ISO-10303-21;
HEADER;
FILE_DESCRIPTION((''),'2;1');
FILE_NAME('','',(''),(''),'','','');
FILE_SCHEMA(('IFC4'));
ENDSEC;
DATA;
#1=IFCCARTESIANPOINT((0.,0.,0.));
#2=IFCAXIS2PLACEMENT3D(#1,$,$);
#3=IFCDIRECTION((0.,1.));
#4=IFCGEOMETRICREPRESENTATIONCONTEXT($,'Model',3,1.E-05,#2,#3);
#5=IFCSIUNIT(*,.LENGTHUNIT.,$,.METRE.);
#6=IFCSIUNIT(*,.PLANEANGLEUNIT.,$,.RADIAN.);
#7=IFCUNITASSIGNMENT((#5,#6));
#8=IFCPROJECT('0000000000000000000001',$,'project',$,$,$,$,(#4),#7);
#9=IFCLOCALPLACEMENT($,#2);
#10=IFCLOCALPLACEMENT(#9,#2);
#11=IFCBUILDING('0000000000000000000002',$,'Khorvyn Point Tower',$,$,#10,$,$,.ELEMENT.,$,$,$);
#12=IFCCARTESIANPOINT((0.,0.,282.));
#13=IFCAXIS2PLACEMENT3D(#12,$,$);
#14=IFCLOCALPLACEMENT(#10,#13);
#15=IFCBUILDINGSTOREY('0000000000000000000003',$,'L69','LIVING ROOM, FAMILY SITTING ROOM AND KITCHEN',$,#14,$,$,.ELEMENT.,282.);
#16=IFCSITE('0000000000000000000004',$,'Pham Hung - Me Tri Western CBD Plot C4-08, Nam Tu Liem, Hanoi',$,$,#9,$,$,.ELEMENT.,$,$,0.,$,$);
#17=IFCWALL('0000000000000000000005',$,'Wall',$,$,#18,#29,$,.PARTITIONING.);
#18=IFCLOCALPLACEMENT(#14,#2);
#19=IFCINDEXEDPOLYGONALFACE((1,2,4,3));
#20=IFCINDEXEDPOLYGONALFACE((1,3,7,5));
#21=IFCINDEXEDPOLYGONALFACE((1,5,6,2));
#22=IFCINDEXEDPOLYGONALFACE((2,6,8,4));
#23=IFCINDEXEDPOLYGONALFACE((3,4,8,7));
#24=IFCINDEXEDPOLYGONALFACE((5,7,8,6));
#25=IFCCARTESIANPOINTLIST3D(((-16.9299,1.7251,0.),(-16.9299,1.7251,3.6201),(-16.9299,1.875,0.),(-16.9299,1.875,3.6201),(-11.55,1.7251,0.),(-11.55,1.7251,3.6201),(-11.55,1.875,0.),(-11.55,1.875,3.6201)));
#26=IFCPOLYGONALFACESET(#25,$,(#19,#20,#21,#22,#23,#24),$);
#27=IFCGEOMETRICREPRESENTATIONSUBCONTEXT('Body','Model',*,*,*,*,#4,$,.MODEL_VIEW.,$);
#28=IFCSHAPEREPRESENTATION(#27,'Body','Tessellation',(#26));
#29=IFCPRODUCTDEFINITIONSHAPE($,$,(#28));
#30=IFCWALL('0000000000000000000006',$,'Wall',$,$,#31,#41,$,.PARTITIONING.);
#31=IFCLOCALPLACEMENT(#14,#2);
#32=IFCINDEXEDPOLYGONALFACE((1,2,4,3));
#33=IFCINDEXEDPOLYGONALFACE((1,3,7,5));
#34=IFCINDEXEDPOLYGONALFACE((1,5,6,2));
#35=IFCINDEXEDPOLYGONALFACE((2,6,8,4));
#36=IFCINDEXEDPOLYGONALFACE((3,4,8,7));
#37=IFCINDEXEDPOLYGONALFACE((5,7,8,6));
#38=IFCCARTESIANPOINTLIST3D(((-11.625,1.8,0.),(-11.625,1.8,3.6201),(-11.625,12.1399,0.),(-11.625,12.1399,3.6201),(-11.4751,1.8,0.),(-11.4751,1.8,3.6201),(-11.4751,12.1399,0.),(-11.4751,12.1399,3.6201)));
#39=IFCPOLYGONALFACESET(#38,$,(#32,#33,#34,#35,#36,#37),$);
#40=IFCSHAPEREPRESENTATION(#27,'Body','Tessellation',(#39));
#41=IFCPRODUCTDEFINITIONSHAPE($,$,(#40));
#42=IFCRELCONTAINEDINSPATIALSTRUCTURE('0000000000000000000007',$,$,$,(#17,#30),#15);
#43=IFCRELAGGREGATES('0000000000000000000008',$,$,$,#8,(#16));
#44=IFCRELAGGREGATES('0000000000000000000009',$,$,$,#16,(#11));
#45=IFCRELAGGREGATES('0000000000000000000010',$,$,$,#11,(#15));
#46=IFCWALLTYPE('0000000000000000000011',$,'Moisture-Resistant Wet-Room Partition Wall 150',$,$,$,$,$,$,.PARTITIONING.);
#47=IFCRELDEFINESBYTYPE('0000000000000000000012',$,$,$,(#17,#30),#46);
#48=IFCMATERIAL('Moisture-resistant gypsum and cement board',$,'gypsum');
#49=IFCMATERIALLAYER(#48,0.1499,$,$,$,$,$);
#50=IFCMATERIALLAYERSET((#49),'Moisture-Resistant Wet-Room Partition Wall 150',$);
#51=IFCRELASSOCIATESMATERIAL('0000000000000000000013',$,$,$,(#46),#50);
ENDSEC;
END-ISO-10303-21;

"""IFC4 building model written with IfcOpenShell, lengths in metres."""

from ifc_helpers import new_model, si_unit, direction, frame, frame_2d, origin, place, context, subcontext, project, spatial, rectangle, extrude, material, layer, layer_set, type_object, element, save


model = new_model("IFC4")

# Units and contexts
model_context = context("Model", 3, precision=1e-05, world=origin(), true_north=direction((0.0, 1.0)))
body_context = subcontext(model_context, "Body", "Model", "MODEL_VIEW")
ifc_project = project(units=[si_unit("LENGTHUNIT", "METRE"), si_unit("PLANEANGLEUNIT", "RADIAN")], contexts=[model_context])

# Site, building, storey
site_placement = place(None, origin())
site = spatial("IfcSite", under=ifc_project, at=site_placement, Name="Pham Hung - Me Tri Western CBD Plot C4-08, Nam Tu Liem, Hanoi", CompositionType="ELEMENT", RefElevation=0.0)
building_placement = place(site_placement, origin())
building = spatial("IfcBuilding", under=site, at=building_placement, Name="Khorvyn Point Tower", CompositionType="ELEMENT")
storey_placement = place(building_placement, frame((0.0, 0.0, 282.0)))
storey = spatial("IfcBuildingStorey", under=building, at=storey_placement, Name="L69", Description="LIVING ROOM, FAMILY SITTING ROOM AND KITCHEN", CompositionType="ELEMENT", Elevation=282.0)

# Walls
ifc_material_1 = material(Name="Moisture-resistant gypsum and cement board", Category="gypsum")
ifc_layer_1 = layer(ifc_material_1, 0.1499)
ifc_layer_set_1 = layer_set([ifc_layer_1], Name="Moisture-Resistant Wet-Room Partition Wall 150")
wall_type_1 = type_object("IfcWallType", Name="Moisture-Resistant Wet-Room Partition Wall 150", PredefinedType="PARTITIONING", material=ifc_layer_set_1)
wall_1_placement = place(storey_placement, frame((-16.9299, 1.8, 0.0), z_axis=(0.0, 0.0, 1.0), x_axis=(1.0, 0.0, 0.0)))
element("IfcWall", 1, at=wall_1_placement, inside=storey, type_object=wall_type_1, Name="Wall", PredefinedType="PARTITIONING", context=body_context, shape_type="SweptSolid", body=[
    extrude(rectangle(XDim=5.3799, YDim=0.1499, at=frame_2d((2.6899, 0.0))), origin(), (0.0, 0.0, 1.0), 3.6201),
])
wall_2_placement = place(storey_placement, frame((-11.55, 1.8, 0.0), z_axis=(0.0, 0.0, 1.0), x_axis=(0.0, 1.0, 0.0)))
element("IfcWall", 2, at=wall_2_placement, inside=storey, type_object=wall_type_1, Name="Wall", PredefinedType="PARTITIONING", context=body_context, shape_type="SweptSolid", body=[
    extrude(rectangle(XDim=10.3398, YDim=0.1499, at=frame_2d((5.1699, 0.0))), origin(), (0.0, 0.0, 1.0), 3.6201),
])

save(model, "model.ifc")
